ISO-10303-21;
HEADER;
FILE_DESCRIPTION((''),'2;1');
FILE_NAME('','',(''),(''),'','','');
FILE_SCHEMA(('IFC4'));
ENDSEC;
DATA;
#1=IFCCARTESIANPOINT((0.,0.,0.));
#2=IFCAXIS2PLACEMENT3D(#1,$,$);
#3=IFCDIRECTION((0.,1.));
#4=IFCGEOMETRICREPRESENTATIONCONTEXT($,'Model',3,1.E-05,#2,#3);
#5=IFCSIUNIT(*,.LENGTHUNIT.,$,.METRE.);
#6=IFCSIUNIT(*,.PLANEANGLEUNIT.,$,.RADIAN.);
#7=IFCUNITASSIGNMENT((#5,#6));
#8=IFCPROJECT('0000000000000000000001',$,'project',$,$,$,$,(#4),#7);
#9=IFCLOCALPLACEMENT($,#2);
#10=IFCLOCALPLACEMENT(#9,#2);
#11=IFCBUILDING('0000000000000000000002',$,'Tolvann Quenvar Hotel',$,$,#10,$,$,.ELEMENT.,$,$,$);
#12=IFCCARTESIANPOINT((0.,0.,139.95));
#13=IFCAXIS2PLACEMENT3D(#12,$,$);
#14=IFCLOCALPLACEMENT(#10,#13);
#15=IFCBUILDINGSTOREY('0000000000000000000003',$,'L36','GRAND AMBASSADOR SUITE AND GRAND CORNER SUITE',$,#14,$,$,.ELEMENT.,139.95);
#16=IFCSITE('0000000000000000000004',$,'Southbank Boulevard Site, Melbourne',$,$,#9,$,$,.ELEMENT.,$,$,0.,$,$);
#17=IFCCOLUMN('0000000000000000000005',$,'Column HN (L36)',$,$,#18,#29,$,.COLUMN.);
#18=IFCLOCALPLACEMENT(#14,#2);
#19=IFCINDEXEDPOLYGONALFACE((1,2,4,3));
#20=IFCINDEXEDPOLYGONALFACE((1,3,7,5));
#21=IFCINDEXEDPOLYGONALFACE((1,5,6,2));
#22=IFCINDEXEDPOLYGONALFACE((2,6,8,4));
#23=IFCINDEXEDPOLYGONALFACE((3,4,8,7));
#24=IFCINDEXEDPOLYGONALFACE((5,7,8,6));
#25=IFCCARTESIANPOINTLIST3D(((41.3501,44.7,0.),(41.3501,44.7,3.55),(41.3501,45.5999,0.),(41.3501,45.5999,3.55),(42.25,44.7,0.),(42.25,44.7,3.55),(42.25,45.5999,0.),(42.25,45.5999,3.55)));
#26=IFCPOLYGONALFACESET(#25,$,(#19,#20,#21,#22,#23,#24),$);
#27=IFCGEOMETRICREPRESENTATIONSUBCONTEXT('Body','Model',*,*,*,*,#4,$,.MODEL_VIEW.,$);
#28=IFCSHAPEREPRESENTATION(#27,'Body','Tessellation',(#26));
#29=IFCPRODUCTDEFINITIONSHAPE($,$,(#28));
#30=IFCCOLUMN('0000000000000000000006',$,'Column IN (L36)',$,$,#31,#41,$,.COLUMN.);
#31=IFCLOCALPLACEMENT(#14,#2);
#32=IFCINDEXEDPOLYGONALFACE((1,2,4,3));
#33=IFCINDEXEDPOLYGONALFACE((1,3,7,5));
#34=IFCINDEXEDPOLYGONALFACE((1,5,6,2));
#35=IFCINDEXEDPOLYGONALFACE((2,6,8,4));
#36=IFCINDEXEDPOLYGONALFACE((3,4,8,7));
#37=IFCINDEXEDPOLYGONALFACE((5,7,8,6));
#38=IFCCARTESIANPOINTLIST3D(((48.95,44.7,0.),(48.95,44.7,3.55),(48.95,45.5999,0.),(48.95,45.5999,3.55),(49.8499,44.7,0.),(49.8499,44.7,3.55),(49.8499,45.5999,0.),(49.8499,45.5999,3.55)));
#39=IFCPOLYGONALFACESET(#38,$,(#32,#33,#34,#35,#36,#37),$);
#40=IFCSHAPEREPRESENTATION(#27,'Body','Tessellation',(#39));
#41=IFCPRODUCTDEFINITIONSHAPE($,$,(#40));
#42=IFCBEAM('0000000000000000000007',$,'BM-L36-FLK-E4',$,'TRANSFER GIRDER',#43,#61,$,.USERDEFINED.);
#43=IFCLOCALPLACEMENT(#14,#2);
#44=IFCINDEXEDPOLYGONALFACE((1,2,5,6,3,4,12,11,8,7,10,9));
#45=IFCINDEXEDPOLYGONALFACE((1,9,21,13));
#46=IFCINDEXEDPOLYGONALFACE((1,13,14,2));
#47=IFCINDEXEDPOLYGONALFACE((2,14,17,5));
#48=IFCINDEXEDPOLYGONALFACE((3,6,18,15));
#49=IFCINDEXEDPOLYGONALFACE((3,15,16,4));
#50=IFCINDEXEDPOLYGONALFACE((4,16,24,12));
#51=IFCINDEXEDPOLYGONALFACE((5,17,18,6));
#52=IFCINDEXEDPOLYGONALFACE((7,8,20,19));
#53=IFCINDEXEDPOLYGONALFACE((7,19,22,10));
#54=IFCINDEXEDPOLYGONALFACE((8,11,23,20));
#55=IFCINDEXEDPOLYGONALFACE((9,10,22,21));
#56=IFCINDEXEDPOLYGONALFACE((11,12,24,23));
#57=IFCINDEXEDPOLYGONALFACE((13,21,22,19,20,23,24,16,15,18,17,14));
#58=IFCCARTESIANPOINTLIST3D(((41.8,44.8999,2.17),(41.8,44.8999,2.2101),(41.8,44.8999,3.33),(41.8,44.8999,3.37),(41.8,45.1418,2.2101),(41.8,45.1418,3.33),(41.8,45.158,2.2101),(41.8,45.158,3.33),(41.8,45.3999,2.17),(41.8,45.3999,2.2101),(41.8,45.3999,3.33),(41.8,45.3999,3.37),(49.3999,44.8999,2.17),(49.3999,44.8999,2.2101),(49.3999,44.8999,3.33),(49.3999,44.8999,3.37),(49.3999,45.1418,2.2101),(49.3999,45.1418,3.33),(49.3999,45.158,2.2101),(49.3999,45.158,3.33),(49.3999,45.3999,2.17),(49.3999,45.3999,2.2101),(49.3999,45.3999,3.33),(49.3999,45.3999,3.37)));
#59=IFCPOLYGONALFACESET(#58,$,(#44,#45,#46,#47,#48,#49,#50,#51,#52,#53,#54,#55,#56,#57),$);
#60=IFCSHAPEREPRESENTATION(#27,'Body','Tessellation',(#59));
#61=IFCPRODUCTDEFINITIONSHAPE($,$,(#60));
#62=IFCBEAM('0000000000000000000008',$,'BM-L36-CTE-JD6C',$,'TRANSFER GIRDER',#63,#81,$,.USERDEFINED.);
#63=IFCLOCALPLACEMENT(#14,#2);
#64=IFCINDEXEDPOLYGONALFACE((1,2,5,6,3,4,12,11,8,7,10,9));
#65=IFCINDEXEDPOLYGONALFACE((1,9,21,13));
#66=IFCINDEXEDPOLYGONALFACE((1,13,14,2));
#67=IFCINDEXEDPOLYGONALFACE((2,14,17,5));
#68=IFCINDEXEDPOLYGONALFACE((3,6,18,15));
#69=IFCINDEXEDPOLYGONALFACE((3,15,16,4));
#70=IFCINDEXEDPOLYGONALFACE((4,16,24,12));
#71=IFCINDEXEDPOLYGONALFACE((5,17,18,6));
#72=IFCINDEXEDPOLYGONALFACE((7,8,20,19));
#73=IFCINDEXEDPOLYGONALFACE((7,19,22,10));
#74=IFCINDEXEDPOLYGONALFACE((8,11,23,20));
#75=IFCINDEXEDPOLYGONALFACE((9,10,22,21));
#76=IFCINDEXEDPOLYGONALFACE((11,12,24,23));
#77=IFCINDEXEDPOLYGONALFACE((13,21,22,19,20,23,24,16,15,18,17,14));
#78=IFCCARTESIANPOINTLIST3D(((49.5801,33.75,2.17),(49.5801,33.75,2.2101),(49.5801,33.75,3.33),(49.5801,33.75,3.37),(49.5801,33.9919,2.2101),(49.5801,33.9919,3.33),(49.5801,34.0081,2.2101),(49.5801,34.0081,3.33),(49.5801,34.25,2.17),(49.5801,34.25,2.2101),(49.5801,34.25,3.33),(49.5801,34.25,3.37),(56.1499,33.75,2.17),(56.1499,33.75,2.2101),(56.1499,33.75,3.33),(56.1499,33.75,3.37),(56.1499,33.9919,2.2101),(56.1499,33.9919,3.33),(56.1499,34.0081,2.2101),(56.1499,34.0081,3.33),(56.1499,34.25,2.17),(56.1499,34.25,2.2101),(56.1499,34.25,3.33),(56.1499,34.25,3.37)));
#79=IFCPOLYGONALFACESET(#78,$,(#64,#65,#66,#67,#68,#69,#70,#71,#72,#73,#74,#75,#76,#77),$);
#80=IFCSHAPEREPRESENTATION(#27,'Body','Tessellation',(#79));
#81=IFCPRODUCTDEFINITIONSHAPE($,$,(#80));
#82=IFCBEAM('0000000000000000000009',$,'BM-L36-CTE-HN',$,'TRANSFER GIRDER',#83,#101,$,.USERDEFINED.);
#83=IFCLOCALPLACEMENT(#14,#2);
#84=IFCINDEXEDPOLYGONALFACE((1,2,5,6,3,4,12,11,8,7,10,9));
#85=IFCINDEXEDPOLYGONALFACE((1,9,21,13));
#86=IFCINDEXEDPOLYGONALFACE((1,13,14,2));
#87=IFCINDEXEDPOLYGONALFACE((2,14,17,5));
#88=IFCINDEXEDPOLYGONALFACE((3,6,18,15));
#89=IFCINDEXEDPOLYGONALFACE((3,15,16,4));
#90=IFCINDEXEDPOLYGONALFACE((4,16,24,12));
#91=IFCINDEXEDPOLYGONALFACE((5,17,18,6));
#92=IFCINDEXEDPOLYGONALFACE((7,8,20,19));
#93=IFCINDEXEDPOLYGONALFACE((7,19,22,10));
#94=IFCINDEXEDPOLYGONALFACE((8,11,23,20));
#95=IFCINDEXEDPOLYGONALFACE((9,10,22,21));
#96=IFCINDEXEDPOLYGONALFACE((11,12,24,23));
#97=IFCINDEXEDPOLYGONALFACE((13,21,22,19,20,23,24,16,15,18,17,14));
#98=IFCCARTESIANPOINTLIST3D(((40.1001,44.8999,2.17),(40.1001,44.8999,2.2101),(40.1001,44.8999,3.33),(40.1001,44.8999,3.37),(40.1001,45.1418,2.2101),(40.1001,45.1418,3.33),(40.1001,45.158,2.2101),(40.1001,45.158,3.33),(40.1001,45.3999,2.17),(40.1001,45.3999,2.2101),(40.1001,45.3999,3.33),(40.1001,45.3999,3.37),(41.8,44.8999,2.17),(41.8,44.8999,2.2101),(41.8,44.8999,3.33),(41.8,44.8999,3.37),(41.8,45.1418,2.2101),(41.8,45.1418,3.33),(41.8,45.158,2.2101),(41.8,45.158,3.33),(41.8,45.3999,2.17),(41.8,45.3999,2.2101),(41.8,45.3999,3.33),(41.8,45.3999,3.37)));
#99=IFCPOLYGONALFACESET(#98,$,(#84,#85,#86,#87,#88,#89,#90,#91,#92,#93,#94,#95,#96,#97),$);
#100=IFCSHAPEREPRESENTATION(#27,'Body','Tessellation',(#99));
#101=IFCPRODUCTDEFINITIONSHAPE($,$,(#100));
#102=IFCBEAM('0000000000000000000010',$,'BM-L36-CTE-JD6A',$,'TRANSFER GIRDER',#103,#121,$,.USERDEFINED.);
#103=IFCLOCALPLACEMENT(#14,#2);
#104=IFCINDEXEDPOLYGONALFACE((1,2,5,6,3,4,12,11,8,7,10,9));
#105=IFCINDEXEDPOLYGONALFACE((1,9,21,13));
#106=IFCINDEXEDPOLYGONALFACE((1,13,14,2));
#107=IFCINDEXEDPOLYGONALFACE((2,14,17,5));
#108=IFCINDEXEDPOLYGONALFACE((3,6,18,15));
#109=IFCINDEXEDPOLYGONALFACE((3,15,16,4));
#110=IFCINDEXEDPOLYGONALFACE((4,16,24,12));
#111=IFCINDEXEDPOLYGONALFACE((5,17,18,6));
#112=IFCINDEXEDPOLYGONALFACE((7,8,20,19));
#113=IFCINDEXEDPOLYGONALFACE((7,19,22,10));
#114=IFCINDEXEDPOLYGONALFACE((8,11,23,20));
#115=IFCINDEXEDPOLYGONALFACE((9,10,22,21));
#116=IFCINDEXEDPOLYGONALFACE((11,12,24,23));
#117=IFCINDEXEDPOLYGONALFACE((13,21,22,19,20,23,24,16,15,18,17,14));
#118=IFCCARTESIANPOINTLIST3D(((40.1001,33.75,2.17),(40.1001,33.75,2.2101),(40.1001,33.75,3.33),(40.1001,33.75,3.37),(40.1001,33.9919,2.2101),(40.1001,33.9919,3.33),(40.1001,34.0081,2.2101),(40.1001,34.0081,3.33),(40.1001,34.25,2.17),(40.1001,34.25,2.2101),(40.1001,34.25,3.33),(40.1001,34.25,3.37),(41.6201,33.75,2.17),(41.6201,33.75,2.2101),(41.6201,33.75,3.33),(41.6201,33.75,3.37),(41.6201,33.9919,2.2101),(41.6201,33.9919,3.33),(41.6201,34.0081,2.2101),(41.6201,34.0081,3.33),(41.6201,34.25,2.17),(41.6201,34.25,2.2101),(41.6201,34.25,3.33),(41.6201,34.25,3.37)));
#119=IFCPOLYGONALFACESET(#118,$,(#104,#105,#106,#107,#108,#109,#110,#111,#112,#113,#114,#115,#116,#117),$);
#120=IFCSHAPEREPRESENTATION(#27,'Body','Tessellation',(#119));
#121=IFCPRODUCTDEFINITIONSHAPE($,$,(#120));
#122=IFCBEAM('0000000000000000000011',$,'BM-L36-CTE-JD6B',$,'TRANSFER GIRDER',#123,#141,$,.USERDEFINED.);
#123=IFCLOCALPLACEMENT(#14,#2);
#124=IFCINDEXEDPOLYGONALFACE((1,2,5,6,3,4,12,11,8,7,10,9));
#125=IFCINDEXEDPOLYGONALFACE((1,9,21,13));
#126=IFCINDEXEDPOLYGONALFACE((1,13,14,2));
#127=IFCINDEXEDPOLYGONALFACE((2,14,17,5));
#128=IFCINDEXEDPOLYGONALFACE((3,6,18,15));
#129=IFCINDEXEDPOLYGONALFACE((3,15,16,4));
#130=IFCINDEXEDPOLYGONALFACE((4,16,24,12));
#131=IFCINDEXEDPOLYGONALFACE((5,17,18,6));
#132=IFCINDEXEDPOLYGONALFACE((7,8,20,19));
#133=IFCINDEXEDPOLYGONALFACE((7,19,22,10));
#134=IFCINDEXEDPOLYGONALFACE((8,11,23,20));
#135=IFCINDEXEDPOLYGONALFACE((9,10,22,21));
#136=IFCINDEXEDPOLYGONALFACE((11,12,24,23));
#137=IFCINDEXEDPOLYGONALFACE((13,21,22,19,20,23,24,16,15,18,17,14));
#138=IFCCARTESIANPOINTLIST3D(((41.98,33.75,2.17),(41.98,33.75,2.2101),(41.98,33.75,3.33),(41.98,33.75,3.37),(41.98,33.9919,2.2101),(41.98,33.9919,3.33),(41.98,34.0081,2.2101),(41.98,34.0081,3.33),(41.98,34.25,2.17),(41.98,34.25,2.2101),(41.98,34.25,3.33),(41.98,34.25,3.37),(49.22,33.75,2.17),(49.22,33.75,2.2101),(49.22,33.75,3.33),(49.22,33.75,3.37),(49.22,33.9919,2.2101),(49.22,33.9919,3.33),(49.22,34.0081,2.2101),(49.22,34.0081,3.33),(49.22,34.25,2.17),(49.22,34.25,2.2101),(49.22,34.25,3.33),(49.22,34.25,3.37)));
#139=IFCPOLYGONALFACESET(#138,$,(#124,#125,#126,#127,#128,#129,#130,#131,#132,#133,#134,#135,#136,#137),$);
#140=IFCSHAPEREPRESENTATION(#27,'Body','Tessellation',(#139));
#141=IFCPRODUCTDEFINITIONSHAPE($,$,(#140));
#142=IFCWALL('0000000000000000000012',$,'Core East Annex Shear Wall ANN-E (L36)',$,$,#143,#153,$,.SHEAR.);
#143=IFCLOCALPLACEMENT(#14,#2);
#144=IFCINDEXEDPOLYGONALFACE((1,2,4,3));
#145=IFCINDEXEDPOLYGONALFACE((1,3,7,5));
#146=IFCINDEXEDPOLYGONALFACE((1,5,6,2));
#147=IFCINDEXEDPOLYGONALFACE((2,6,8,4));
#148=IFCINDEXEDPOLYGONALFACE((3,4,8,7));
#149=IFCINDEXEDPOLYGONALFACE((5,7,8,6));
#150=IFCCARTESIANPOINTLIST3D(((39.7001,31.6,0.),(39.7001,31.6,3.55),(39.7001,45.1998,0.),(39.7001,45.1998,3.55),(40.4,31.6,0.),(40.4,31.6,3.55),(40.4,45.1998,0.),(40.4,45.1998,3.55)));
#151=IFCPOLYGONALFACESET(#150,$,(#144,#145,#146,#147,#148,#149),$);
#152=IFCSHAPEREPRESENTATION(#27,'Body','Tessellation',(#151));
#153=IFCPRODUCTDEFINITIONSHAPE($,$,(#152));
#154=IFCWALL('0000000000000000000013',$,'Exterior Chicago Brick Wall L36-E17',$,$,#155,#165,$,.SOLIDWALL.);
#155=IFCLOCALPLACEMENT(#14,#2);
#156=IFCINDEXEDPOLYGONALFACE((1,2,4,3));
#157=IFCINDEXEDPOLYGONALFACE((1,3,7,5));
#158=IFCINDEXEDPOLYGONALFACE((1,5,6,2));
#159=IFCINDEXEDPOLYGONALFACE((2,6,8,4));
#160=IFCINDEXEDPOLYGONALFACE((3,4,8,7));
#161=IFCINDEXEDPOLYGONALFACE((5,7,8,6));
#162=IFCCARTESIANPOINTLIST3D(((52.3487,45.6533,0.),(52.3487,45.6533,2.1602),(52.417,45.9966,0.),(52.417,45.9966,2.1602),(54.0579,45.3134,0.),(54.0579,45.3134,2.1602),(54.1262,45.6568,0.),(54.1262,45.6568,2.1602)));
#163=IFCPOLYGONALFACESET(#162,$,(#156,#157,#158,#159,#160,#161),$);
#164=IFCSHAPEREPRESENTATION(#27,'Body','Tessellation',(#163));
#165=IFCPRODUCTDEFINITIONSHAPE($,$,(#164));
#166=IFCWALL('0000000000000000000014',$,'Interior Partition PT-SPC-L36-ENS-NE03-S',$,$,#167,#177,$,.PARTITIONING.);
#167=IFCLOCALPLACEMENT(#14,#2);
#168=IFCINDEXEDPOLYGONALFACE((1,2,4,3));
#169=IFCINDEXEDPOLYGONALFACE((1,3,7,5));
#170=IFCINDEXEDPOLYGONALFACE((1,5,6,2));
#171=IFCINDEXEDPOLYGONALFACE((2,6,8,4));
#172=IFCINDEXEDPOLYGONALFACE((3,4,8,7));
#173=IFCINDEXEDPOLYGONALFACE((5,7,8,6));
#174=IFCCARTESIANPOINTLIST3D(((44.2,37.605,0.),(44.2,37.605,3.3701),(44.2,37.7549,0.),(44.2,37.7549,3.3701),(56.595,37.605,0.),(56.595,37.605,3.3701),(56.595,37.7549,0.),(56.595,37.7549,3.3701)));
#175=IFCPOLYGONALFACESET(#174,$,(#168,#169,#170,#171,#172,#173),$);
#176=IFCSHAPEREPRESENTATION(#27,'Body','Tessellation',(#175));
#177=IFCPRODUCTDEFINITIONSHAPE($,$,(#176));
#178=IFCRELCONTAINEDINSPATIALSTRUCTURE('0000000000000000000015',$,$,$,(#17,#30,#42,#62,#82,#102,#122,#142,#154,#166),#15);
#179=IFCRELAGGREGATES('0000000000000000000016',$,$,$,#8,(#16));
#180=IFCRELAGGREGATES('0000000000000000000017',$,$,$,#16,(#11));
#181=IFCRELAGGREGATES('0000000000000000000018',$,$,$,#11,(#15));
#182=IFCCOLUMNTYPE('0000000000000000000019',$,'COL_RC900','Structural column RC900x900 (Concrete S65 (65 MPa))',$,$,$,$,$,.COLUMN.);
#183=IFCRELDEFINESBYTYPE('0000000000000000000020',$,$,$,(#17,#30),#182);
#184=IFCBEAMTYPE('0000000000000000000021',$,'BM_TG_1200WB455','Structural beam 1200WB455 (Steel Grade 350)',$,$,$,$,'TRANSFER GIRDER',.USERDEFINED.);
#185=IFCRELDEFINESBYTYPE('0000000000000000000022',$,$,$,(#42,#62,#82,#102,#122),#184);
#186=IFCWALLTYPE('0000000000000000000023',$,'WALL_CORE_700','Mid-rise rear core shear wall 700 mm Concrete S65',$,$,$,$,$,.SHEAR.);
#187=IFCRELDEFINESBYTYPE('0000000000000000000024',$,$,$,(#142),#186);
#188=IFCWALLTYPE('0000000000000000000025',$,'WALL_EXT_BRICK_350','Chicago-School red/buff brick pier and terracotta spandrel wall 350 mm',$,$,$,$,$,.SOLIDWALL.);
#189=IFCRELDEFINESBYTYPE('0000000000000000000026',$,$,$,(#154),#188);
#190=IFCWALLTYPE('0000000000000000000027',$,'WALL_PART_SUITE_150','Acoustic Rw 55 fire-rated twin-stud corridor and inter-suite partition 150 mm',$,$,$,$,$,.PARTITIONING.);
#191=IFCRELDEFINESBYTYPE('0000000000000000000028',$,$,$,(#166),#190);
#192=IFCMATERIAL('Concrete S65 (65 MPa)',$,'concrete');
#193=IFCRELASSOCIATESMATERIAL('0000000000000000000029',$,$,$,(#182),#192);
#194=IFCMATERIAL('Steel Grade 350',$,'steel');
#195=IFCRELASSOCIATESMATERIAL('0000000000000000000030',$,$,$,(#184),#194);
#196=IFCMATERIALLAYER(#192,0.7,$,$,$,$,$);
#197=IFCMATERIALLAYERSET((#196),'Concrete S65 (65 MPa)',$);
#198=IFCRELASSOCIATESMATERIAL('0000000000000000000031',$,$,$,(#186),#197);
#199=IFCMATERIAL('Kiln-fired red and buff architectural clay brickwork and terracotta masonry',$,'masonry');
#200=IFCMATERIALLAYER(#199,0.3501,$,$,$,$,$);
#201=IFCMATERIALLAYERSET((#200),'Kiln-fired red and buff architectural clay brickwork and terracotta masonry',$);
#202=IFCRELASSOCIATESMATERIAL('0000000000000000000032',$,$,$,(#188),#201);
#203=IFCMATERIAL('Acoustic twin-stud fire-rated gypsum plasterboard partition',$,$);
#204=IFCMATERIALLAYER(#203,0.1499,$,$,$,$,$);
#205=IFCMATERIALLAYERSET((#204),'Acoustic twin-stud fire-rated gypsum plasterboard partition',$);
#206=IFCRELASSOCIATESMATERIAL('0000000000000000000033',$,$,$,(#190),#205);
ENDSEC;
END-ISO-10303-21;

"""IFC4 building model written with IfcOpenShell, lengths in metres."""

from ifc_helpers import new_model, si_unit, direction, frame, frame_2d, origin, origin_2d, place, context, subcontext, project, spatial, rectangle, i_section, extrude, source, transform, mapped, material, layer, layer_set, material_profile, profile_set, type_object, type_shapes, element, save


model = new_model("IFC4")

# Units and contexts
model_context = context("Model", 3, precision=1e-05, world=origin(), true_north=direction((0.0, 1.0)))
body_context = subcontext(model_context, "Body", "Model", "MODEL_VIEW")
ifc_project = project(units=[si_unit("LENGTHUNIT", "METRE"), si_unit("PLANEANGLEUNIT", "RADIAN")], contexts=[model_context])

# Site, building, storey
site_placement = place(None, origin())
site = spatial("IfcSite", under=ifc_project, at=site_placement, Name="Southbank Boulevard Site, Melbourne", CompositionType="ELEMENT", RefElevation=0.0)
building_placement = place(site_placement, origin())
building = spatial("IfcBuilding", under=site, at=building_placement, Name="Tolvann Quenvar Hotel", CompositionType="ELEMENT")
storey_placement = place(building_placement, frame((0.0, 0.0, 139.95)))
storey = spatial("IfcBuildingStorey", under=building, at=storey_placement, Name="L36", Description="GRAND AMBASSADOR SUITE AND GRAND CORNER SUITE", CompositionType="ELEMENT", Elevation=139.95)

# Columns
ifc_material_1 = material(Name="Concrete S65 (65 MPa)", Category="concrete")
ifc_material_profile_1 = material_profile(ifc_material_1, rectangle(XDim=0.8999, YDim=0.8999, at=origin_2d()), Name="RC900x900")
ifc_profile_set_1 = profile_set([ifc_material_profile_1], Name="Concrete S65 (65 MPa)")
column_type = type_object("IfcColumnType", Name="COL_RC900", Description="Structural column RC900x900 (Concrete S65 (65 MPa))", PredefinedType="COLUMN", material=ifc_profile_set_1)
shared_shape_1 = source(origin(), body_context, "Body", "SweptSolid", [
    extrude(rectangle(XDim=0.8999, YDim=0.8999, at=origin_2d()), origin(), (0.0, 0.0, 1.0), 3.55),
])
type_shapes(column_type, [shared_shape_1])
for number, where, z_axis, x_axis, name in (
    (1, (41.8, 45.1499, 0.0), (0.0, 0.0, 1.0), (1.0, 0.0, 0.0), "Column HN (L36)"),
    (2, (49.3999, 45.1499, 0.0), (0.0, 0.0, 1.0), (1.0, 0.0, 0.0), "Column IN (L36)"),
):
    element("IfcColumn", number, at=place(storey_placement, frame(where, z_axis=z_axis, x_axis=x_axis)), inside=storey, type_object=column_type, Name=name, PredefinedType="COLUMN", context=body_context, shape_type="MappedRepresentation", body=[
        mapped(shared_shape_1, transform((0.0, 0.0, 0.0), x_axis=(1.0, 0.0, 0.0), y_axis=(0.0, 1.0, 0.0), z_axis=(0.0, 0.0, 1.0), scale=1.0)),
    ])

# Beams
ifc_material_2 = material(Name="Steel Grade 350", Category="steel")
ifc_material_profile_2 = material_profile(ifc_material_2, i_section(OverallWidth=0.5, OverallDepth=1.2, WebThickness=0.0161, FlangeThickness=0.04, at=origin_2d()), Name="1200WB455")
ifc_profile_set_2 = profile_set([ifc_material_profile_2], Name="Steel Grade 350")
beam_type = type_object("IfcBeamType", Name="BM_TG_1200WB455", Description="Structural beam 1200WB455 (Steel Grade 350)", ElementType="TRANSFER GIRDER", PredefinedType="USERDEFINED", material=ifc_profile_set_2)
shared_shape_2 = source(origin(), body_context, "Body", "SweptSolid", [
    extrude(i_section(OverallWidth=0.5, OverallDepth=1.2, WebThickness=0.0161, FlangeThickness=0.04, at=origin_2d()), origin(), (0.0, 0.0, 1.0), 7.5999),
])
beam_1_placement = place(storey_placement, frame((49.3999, 45.1499, 2.77), z_axis=(-1.0, 0.0, 0.0), x_axis=(0.0, -1.0, 0.0)))
element("IfcBeam", 3, at=beam_1_placement, inside=storey, type_object=beam_type, Name="BM-L36-FLK-E4", ObjectType="TRANSFER GIRDER", PredefinedType="USERDEFINED", context=body_context, shape_type="MappedRepresentation", body=[
    mapped(shared_shape_2, transform((0.0, 0.0, 0.0), x_axis=(1.0, 0.0, 0.0), y_axis=(0.0, 1.0, 0.0), z_axis=(0.0, 0.0, 1.0), scale=1.0)),
])
shared_shape_3 = source(origin(), body_context, "Body", "SweptSolid", [
    extrude(i_section(OverallWidth=0.5, OverallDepth=1.2, WebThickness=0.0161, FlangeThickness=0.04, at=origin_2d()), origin(), (0.0, 0.0, 1.0), 6.5698),
])
beam_2_placement = place(storey_placement, frame((49.5801, 34.0, 2.77), z_axis=(1.0, 0.0, 0.0), x_axis=(0.0, 1.0, 0.0)))
element("IfcBeam", 4, at=beam_2_placement, inside=storey, type_object=beam_type, Name="BM-L36-CTE-JD6C", ObjectType="TRANSFER GIRDER", PredefinedType="USERDEFINED", context=body_context, shape_type="MappedRepresentation", body=[
    mapped(shared_shape_3, transform((0.0, 0.0, 0.0), x_axis=(1.0, 0.0, 0.0), y_axis=(0.0, 1.0, 0.0), z_axis=(0.0, 0.0, 1.0), scale=1.0)),
])
shared_shape_4 = source(origin(), body_context, "Body", "SweptSolid", [
    extrude(i_section(OverallWidth=0.5, OverallDepth=1.2, WebThickness=0.0161, FlangeThickness=0.04, at=origin_2d()), origin(), (0.0, 0.0, 1.0), 1.7),
])
beam_3_placement = place(storey_placement, frame((40.1001, 45.1499, 2.77), z_axis=(1.0, 0.0, 0.0), x_axis=(0.0, 1.0, 0.0)))
element("IfcBeam", 5, at=beam_3_placement, inside=storey, type_object=beam_type, Name="BM-L36-CTE-HN", ObjectType="TRANSFER GIRDER", PredefinedType="USERDEFINED", context=body_context, shape_type="MappedRepresentation", body=[
    mapped(shared_shape_4, transform((0.0, 0.0, 0.0), x_axis=(1.0, 0.0, 0.0), y_axis=(0.0, 1.0, 0.0), z_axis=(0.0, 0.0, 1.0), scale=1.0)),
])
shared_shape_5 = source(origin(), body_context, "Body", "SweptSolid", [
    extrude(i_section(OverallWidth=0.5, OverallDepth=1.2, WebThickness=0.0161, FlangeThickness=0.04, at=origin_2d()), origin(), (0.0, 0.0, 1.0), 1.52),
])
beam_4_placement = place(storey_placement, frame((40.1001, 34.0, 2.77), z_axis=(1.0, 0.0, 0.0), x_axis=(0.0, 1.0, 0.0)))
element("IfcBeam", 6, at=beam_4_placement, inside=storey, type_object=beam_type, Name="BM-L36-CTE-JD6A", ObjectType="TRANSFER GIRDER", PredefinedType="USERDEFINED", context=body_context, shape_type="MappedRepresentation", body=[
    mapped(shared_shape_5, transform((0.0, 0.0, 0.0), x_axis=(1.0, 0.0, 0.0), y_axis=(0.0, 1.0, 0.0), z_axis=(0.0, 0.0, 1.0), scale=1.0)),
])
shared_shape_6 = source(origin(), body_context, "Body", "SweptSolid", [
    extrude(i_section(OverallWidth=0.5, OverallDepth=1.2, WebThickness=0.0161, FlangeThickness=0.04, at=origin_2d()), origin(), (0.0, 0.0, 1.0), 7.24),
])
type_shapes(beam_type, [shared_shape_2, shared_shape_3, shared_shape_4, shared_shape_5, shared_shape_6])
beam_5_placement = place(storey_placement, frame((41.98, 34.0, 2.77), z_axis=(1.0, 0.0, 0.0), x_axis=(0.0, 1.0, 0.0)))
element("IfcBeam", 7, at=beam_5_placement, inside=storey, type_object=beam_type, Name="BM-L36-CTE-JD6B", ObjectType="TRANSFER GIRDER", PredefinedType="USERDEFINED", context=body_context, shape_type="MappedRepresentation", body=[
    mapped(shared_shape_6, transform((0.0, 0.0, 0.0), x_axis=(1.0, 0.0, 0.0), y_axis=(0.0, 1.0, 0.0), z_axis=(0.0, 0.0, 1.0), scale=1.0)),
])

# Walls
ifc_layer_1 = layer(ifc_material_1, 0.7)
ifc_layer_set_1 = layer_set([ifc_layer_1], Name="Concrete S65 (65 MPa)")
wall_type_1 = type_object("IfcWallType", Name="WALL_CORE_700", Description="Mid-rise rear core shear wall 700 mm Concrete S65", PredefinedType="SHEAR", material=ifc_layer_set_1)
wall_1_placement = place(storey_placement, frame((40.05, 31.6001, 0.0), z_axis=(0.0, 0.0, 1.0), x_axis=(0.0, 1.0, 0.0)))
element("IfcWall", 8, at=wall_1_placement, inside=storey, type_object=wall_type_1, Name="Core East Annex Shear Wall ANN-E (L36)", PredefinedType="SHEAR", context=body_context, shape_type="SweptSolid", body=[
    extrude(rectangle(XDim=13.5999, YDim=0.7, at=frame_2d((6.7998, 0.0))), origin(), (0.0, 0.0, 1.0), 3.55),
])
ifc_material_3 = material(Name="Kiln-fired red and buff architectural clay brickwork and terracotta masonry", Category="masonry")
ifc_layer_2 = layer(ifc_material_3, 0.3501)
ifc_layer_set_2 = layer_set([ifc_layer_2], Name="Kiln-fired red and buff architectural clay brickwork and terracotta masonry")
wall_type_2 = type_object("IfcWallType", Name="WALL_EXT_BRICK_350", Description="Chicago-School red/buff brick pier and terracotta spandrel wall 350 mm", PredefinedType="SOLIDWALL", material=ifc_layer_set_2)
wall_2_placement = place(storey_placement, frame((54.092, 45.4851, 0.0), z_axis=(0.0, 0.0, 1.0), x_axis=(-0.980801, 0.195011, 0.0)))
element("IfcWall", 9, at=wall_2_placement, inside=storey, type_object=wall_type_2, Name="Exterior Chicago Brick Wall L36-E17", PredefinedType="SOLIDWALL", context=body_context, shape_type="SweptSolid", body=[
    extrude(rectangle(XDim=1.7427, YDim=0.3501, at=frame_2d((0.8713, 0.0))), origin(), (0.0, 0.0, 1.0), 2.1602),
])

# Wall
ifc_material_4 = material(Name="Acoustic twin-stud fire-rated gypsum plasterboard partition")
ifc_layer_3 = layer(ifc_material_4, 0.1499)
ifc_layer_set_3 = layer_set([ifc_layer_3], Name="Acoustic twin-stud fire-rated gypsum plasterboard partition")
wall_type_3 = type_object("IfcWallType", Name="WALL_PART_SUITE_150", Description="Acoustic Rw 55 fire-rated twin-stud corridor and inter-suite partition 150 mm", PredefinedType="PARTITIONING", material=ifc_layer_set_3)
wall_3_placement = place(storey_placement, frame((44.2, 37.6799, 0.0), z_axis=(0.0, 0.0, 1.0), x_axis=(1.0, 0.0, 0.0)))
element("IfcWall", 10, at=wall_3_placement, inside=storey, type_object=wall_type_3, Name="Interior Partition PT-SPC-L36-ENS-NE03-S", PredefinedType="PARTITIONING", context=body_context, shape_type="SweptSolid", body=[
    extrude(rectangle(XDim=12.395, YDim=0.1499, at=frame_2d((6.1975, 0.0))), origin(), (0.0, 0.0, 1.0), 3.3701),
])

save(model, "model.ifc")
